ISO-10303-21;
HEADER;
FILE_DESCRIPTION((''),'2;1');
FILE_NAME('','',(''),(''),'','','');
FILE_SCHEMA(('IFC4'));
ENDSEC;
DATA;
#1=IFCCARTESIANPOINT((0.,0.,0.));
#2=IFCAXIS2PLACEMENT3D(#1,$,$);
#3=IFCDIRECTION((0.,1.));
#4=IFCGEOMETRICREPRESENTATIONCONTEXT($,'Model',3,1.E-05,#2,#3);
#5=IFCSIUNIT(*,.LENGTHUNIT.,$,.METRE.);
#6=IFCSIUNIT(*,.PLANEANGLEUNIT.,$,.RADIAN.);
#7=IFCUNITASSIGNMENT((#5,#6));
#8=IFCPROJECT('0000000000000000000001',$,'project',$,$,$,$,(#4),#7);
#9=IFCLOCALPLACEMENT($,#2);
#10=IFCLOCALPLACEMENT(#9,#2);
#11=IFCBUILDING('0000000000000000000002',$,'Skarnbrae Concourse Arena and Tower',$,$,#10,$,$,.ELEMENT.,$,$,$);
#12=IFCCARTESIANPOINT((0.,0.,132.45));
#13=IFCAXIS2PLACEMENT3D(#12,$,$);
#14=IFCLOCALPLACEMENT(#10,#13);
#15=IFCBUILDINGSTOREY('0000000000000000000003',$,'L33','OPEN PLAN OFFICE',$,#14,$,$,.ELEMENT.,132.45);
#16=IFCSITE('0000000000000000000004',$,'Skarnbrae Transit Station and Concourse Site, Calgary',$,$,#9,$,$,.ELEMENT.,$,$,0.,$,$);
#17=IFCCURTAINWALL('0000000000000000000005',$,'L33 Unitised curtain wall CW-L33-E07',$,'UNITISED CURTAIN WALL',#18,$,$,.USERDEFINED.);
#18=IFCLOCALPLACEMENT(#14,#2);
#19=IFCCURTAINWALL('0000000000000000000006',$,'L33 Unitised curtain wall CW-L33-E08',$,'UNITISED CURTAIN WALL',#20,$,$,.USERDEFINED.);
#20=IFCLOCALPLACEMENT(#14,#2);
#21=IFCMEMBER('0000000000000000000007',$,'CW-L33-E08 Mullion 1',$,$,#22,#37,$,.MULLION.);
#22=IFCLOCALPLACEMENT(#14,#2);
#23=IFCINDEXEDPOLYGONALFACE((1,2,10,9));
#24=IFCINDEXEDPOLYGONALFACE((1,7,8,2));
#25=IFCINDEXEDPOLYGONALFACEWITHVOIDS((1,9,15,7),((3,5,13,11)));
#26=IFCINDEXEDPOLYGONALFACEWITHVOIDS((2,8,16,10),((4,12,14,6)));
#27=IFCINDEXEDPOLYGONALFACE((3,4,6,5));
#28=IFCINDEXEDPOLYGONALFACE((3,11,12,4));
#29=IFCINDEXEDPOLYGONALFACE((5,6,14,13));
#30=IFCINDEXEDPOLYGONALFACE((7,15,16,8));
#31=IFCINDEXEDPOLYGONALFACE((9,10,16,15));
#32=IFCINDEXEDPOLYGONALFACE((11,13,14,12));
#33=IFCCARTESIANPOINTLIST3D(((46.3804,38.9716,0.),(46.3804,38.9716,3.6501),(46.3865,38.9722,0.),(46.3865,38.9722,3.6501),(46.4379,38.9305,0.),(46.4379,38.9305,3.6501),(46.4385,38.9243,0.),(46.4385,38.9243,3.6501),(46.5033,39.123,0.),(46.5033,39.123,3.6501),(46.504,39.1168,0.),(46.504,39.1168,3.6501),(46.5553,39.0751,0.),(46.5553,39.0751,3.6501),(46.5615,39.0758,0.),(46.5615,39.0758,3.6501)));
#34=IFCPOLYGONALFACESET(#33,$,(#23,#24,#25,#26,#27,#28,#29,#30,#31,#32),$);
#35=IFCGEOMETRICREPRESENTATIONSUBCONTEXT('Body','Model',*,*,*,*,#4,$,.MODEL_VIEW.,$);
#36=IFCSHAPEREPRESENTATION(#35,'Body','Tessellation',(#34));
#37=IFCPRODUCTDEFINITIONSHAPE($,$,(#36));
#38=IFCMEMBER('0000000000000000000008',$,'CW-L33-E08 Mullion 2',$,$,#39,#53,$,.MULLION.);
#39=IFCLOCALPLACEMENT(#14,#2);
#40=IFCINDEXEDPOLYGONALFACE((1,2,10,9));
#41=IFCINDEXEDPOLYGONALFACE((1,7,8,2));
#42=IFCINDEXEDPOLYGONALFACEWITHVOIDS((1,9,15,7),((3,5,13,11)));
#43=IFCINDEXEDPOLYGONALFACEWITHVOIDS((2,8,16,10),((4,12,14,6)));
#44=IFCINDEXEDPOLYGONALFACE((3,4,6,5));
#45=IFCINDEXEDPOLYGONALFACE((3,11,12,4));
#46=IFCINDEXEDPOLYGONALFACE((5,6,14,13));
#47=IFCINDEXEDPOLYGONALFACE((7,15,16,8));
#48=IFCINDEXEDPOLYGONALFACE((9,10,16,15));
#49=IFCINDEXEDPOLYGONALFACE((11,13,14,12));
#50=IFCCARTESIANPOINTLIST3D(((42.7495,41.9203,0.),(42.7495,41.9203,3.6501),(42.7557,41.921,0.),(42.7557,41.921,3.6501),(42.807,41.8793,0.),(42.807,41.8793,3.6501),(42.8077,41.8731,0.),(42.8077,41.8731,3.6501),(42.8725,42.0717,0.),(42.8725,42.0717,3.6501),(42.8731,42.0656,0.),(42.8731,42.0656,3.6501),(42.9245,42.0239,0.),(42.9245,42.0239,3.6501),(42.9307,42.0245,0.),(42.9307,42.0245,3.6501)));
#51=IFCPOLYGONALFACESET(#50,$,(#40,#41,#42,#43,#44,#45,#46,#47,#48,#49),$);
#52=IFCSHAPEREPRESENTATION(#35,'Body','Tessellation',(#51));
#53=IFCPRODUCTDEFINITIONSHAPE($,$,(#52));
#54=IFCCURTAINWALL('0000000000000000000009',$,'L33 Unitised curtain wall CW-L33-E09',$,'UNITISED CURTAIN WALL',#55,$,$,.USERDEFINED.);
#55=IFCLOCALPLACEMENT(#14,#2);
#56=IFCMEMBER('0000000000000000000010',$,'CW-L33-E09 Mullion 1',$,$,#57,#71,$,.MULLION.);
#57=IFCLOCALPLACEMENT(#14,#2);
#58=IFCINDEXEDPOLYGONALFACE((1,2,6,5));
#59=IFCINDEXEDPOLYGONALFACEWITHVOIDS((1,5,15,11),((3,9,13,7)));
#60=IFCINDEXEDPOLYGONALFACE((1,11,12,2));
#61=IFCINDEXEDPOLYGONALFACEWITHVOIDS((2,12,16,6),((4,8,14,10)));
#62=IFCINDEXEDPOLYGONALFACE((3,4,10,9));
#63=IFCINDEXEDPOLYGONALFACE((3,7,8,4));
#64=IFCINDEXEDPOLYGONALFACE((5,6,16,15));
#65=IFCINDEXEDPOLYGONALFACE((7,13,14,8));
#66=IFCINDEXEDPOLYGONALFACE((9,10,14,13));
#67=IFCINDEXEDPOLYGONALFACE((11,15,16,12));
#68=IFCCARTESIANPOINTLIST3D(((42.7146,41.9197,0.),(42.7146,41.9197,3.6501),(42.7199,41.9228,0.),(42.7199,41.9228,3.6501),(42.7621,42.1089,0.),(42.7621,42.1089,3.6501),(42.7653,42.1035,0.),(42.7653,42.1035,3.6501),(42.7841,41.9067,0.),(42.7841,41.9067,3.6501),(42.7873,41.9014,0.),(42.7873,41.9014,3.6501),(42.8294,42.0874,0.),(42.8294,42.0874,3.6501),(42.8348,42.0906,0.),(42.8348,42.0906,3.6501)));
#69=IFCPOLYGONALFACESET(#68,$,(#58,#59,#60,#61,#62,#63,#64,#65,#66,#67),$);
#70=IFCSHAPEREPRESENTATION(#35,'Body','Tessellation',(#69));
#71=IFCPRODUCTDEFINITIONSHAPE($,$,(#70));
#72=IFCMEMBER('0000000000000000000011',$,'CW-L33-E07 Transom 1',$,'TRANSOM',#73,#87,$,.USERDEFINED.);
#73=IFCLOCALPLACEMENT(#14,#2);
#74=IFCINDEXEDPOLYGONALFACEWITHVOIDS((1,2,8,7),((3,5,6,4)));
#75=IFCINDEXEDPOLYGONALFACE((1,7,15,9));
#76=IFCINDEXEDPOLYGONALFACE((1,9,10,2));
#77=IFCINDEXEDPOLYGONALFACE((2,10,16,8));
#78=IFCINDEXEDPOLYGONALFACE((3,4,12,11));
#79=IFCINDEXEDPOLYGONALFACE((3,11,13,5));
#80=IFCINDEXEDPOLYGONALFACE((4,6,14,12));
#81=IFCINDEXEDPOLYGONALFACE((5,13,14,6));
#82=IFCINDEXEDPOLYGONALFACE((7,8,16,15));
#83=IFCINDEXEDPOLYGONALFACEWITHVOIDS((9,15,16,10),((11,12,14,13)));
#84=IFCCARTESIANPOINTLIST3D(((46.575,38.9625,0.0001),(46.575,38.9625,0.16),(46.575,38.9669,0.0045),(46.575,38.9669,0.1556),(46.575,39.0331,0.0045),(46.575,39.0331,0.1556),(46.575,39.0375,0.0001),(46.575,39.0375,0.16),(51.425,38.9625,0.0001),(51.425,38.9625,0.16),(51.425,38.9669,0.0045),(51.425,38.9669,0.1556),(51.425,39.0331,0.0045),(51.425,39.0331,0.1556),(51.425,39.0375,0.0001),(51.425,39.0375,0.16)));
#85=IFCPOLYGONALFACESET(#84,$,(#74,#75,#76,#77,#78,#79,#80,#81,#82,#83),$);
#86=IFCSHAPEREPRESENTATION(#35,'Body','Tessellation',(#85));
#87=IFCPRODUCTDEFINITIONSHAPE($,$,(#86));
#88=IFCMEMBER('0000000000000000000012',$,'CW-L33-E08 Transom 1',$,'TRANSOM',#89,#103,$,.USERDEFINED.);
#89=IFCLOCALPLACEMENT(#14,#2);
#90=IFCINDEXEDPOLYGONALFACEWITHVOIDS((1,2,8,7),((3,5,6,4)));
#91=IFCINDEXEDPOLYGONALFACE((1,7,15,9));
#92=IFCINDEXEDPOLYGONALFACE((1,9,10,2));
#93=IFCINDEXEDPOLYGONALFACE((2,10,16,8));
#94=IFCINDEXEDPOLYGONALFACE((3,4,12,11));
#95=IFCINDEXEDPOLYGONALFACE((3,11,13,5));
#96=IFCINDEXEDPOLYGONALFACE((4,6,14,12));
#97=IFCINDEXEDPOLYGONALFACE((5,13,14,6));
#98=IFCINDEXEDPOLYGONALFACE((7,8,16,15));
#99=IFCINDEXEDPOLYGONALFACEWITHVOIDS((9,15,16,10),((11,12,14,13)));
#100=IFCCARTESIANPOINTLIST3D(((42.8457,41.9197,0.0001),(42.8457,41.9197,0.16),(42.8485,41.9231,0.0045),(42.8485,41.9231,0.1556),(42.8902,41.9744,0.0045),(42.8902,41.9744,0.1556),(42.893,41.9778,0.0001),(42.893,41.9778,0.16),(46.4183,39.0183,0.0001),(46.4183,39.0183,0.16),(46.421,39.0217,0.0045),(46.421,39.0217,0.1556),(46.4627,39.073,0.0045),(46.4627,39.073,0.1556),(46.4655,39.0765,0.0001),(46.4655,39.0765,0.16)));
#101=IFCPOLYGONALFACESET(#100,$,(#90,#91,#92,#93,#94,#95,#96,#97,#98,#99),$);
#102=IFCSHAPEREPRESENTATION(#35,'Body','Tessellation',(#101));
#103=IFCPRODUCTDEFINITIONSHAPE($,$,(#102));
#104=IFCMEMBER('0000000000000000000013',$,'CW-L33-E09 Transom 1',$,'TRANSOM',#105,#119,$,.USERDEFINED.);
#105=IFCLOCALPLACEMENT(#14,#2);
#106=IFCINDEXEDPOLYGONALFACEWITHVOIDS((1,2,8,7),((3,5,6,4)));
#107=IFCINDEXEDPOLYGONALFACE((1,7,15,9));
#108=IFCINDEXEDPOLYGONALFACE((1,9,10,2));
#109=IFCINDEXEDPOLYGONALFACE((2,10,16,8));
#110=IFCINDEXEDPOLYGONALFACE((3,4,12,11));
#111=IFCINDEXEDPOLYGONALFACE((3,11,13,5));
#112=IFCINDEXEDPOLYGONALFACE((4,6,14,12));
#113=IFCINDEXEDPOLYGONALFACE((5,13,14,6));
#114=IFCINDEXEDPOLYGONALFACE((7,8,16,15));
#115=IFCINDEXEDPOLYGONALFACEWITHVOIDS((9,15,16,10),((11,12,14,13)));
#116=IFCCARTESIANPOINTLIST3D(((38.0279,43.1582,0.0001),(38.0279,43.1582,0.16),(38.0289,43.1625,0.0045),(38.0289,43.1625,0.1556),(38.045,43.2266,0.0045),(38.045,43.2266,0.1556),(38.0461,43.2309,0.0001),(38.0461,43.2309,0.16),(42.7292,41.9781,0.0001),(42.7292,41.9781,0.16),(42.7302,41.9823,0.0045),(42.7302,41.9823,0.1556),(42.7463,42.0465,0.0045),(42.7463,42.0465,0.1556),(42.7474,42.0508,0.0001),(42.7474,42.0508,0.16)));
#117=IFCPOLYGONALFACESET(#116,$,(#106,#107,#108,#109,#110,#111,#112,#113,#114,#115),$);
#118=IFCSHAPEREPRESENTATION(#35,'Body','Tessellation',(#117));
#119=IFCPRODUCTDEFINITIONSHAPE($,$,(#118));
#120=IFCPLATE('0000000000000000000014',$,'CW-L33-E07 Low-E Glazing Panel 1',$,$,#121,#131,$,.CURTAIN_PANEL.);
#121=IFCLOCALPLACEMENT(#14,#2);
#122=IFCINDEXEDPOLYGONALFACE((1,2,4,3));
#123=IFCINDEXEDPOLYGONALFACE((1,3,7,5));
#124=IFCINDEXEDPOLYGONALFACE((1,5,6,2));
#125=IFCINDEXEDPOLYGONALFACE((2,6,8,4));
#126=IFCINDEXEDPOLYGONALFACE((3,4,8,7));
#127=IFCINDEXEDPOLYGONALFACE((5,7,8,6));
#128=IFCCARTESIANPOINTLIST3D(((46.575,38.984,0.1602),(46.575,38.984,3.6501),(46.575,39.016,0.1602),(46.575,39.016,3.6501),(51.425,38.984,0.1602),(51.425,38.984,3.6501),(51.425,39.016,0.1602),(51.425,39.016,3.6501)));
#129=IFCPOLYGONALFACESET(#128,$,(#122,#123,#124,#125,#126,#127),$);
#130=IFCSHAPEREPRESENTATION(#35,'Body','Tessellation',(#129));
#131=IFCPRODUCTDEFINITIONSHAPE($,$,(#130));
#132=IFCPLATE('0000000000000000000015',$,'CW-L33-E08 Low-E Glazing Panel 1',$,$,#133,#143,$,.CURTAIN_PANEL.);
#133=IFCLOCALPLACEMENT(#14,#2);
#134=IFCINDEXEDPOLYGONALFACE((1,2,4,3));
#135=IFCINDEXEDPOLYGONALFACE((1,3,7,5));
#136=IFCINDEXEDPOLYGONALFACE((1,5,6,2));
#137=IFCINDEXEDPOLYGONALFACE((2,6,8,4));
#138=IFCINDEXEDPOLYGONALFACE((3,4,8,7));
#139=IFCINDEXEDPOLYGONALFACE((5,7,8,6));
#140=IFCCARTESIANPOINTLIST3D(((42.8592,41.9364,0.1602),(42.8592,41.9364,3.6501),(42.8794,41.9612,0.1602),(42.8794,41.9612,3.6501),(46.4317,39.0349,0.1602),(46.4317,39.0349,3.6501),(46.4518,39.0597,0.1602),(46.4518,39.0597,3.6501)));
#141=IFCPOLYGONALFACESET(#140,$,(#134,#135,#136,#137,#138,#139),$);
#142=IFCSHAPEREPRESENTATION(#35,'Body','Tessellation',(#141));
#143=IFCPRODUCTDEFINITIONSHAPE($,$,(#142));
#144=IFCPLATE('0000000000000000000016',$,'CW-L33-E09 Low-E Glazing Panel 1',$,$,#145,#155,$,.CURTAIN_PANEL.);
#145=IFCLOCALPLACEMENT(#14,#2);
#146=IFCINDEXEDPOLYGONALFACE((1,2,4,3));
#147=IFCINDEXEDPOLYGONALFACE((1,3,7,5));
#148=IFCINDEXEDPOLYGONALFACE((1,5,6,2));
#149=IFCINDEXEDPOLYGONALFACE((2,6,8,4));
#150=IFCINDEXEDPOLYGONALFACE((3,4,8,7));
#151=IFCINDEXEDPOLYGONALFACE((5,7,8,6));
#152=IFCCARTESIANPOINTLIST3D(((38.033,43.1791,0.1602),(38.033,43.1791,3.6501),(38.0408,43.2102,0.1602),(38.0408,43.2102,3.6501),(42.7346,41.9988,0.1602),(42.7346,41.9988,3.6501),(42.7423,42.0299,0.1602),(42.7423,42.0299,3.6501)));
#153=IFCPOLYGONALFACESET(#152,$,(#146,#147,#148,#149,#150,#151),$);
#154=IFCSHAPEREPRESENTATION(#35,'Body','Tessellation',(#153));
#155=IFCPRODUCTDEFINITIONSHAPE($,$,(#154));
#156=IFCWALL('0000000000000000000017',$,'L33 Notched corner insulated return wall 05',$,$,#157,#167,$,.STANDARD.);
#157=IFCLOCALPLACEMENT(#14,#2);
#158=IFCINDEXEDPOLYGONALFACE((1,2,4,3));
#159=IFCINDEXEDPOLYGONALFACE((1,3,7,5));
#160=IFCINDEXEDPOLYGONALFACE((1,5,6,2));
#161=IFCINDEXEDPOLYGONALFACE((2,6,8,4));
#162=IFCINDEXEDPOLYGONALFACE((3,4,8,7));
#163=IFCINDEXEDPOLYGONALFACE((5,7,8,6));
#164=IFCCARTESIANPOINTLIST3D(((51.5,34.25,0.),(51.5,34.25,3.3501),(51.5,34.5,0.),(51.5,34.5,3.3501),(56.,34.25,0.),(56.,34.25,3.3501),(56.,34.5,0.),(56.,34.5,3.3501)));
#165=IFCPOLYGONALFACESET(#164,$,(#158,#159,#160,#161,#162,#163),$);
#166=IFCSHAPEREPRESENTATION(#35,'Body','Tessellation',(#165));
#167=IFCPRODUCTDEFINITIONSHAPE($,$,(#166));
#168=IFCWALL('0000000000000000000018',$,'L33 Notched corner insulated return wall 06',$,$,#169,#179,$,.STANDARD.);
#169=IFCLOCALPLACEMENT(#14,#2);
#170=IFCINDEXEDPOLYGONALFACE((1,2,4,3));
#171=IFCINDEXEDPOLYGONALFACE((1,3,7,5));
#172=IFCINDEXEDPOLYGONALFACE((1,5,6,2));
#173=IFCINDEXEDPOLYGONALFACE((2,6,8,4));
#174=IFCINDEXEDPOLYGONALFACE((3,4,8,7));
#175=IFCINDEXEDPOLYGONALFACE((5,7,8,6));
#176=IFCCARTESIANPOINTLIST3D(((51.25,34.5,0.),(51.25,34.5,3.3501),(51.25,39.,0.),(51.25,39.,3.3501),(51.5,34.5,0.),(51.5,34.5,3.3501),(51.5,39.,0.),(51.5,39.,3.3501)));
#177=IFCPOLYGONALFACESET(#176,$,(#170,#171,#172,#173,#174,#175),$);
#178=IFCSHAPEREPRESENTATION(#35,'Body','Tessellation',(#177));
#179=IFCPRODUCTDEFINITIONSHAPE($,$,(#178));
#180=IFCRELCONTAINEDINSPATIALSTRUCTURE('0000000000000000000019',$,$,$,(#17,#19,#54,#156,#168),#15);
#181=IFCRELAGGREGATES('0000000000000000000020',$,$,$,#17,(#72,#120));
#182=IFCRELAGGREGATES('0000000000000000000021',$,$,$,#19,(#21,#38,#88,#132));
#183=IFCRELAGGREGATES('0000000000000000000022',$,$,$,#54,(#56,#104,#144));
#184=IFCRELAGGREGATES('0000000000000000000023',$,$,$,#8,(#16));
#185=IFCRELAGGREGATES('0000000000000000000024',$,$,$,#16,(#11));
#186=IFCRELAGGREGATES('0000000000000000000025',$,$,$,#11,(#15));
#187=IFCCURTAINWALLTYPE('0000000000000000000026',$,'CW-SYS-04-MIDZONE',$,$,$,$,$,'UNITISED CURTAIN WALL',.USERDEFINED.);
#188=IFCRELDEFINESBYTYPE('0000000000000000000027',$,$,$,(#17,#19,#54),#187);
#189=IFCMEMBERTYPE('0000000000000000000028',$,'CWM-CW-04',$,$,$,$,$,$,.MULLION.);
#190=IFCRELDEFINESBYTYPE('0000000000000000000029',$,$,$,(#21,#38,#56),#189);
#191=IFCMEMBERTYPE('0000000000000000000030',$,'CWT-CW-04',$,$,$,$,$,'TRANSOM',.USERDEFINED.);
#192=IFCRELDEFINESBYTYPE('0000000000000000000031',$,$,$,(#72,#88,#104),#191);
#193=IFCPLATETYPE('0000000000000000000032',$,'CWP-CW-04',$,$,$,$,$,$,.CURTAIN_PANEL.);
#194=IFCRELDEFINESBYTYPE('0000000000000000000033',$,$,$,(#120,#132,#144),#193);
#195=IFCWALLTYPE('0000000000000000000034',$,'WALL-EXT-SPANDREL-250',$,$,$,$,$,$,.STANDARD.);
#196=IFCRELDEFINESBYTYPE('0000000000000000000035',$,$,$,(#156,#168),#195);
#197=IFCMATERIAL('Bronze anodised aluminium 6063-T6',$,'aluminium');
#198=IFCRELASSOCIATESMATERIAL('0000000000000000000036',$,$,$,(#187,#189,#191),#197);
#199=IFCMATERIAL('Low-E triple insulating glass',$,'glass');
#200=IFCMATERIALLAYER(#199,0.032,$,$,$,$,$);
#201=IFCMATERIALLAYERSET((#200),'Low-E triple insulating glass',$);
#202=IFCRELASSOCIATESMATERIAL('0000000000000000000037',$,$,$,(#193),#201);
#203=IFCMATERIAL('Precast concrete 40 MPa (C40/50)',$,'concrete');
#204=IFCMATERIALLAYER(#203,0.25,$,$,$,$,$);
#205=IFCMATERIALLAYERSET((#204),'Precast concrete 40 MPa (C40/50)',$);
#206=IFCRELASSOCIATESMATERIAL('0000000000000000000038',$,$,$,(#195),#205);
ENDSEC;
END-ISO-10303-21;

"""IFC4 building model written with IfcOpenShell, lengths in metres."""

from ifc_helpers import new_model, si_unit, direction, frame, frame_2d, origin, origin_2d, place, context, subcontext, project, spatial, rectangle, hollow_rectangle, extrude, source, transform, mapped, material, layer, layer_set, material_profile, profile_set, type_object, element, aggregate, save


model = new_model("IFC4")

# Units and contexts
model_context = context("Model", 3, precision=1e-05, world=origin(), true_north=direction((0.0, 1.0)))
body_context = subcontext(model_context, "Body", "Model", "MODEL_VIEW")
ifc_project = project(units=[si_unit("LENGTHUNIT", "METRE"), si_unit("PLANEANGLEUNIT", "RADIAN")], contexts=[model_context])

# Site, building, storey
site_placement = place(None, origin())
site = spatial("IfcSite", under=ifc_project, at=site_placement, Name="Skarnbrae Transit Station and Concourse Site, Calgary", CompositionType="ELEMENT", RefElevation=0.0)
building_placement = place(site_placement, origin())
building = spatial("IfcBuilding", under=site, at=building_placement, Name="Skarnbrae Concourse Arena and Tower", CompositionType="ELEMENT")
storey_placement = place(building_placement, frame((0.0, 0.0, 132.45)))
storey = spatial("IfcBuildingStorey", under=building, at=storey_placement, Name="L33", Description="OPEN PLAN OFFICE", CompositionType="ELEMENT", Elevation=132.45)

# Shared definitions
ifc_material_1 = material(Name="Bronze anodised aluminium 6063-T6", Category="aluminium")
curtain_wall_type = type_object("IfcCurtainWallType", Name="CW-SYS-04-MIDZONE", ElementType="UNITISED CURTAIN WALL", PredefinedType="USERDEFINED", material=ifc_material_1)
ifc_material_profile_1 = material_profile(ifc_material_1, hollow_rectangle(XDim=0.075, YDim=0.1951, WallThickness=0.0044, at=origin_2d()), Name="ALU-MULL-75X195")
ifc_profile_set_1 = profile_set([ifc_material_profile_1], Name="Bronze anodised aluminium 6063-T6")
member_type_1 = type_object("IfcMemberType", Name="CWM-CW-04", PredefinedType="MULLION", material=ifc_profile_set_1)
shared_shape_1 = source(origin(), body_context, "Body", "SweptSolid", [
    extrude(hollow_rectangle(XDim=0.075, YDim=0.1951, WallThickness=0.0044, at=origin_2d()), origin(), (0.0, 0.0, 1.0), 3.6501),
])

# Curtain walls, members
curtain_wall_1_placement = place(storey_placement, origin())
curtain_wall_1 = element("IfcCurtainWall", 1, at=curtain_wall_1_placement, inside=storey, type_object=curtain_wall_type, Name="L33 Unitised curtain wall CW-L33-E07", ObjectType="UNITISED CURTAIN WALL", PredefinedType="USERDEFINED")
curtain_wall_2_placement = place(storey_placement, origin())
curtain_wall_2 = element("IfcCurtainWall", 2, at=curtain_wall_2_placement, inside=storey, type_object=curtain_wall_type, Name="L33 Unitised curtain wall CW-L33-E08", ObjectType="UNITISED CURTAIN WALL", PredefinedType="USERDEFINED")
member_1_placement = place(storey_placement, frame((46.4709, 39.0237, 0.0), z_axis=(0.0, 0.0, 1.0), x_axis=(-0.776241, 0.630436, 0.0)))
member_1 = element("IfcMember", 3, at=member_1_placement, type_object=member_type_1, Name="CW-L33-E08 Mullion 1", PredefinedType="MULLION", context=body_context, shape_type="MappedRepresentation", body=[
    mapped(shared_shape_1, transform((0.0, 0.0, 0.0))),
])
member_2_placement = place(storey_placement, frame((42.8401, 41.9724, 0.0), z_axis=(0.0, 0.0, 1.0), x_axis=(-0.776241, 0.630436, 0.0)))
member_2 = element("IfcMember", 4, at=member_2_placement, type_object=member_type_1, Name="CW-L33-E08 Mullion 2", PredefinedType="MULLION", context=body_context, shape_type="MappedRepresentation", body=[
    mapped(shared_shape_1, transform((0.0, 0.0, 0.0))),
])

# Curtain wall, member
curtain_wall_3_placement = place(storey_placement, origin())
curtain_wall_3 = element("IfcCurtainWall", 5, at=curtain_wall_3_placement, inside=storey, type_object=curtain_wall_type, Name="L33 Unitised curtain wall CW-L33-E09", ObjectType="UNITISED CURTAIN WALL", PredefinedType="USERDEFINED")
member_3_placement = place(storey_placement, frame((42.7747, 42.0051, 0.0), z_axis=(0.0, 0.0, 1.0), x_axis=(-0.969903, 0.243491, 0.0)))
member_3 = element("IfcMember", 6, at=member_3_placement, type_object=member_type_1, Name="CW-L33-E09 Mullion 1", PredefinedType="MULLION", context=body_context, shape_type="MappedRepresentation", body=[
    mapped(shared_shape_1, transform((0.0, 0.0, 0.0))),
])

# Members
ifc_material_profile_2 = material_profile(ifc_material_1, hollow_rectangle(XDim=0.075, YDim=0.1599, WallThickness=0.0044, at=origin_2d()), Name="ALU-TRAN-75X160")
ifc_profile_set_2 = profile_set([ifc_material_profile_2], Name="Bronze anodised aluminium 6063-T6")
member_type_2 = type_object("IfcMemberType", Name="CWT-CW-04", ElementType="TRANSOM", PredefinedType="USERDEFINED", material=ifc_profile_set_2)
shared_shape_2 = source(origin(), body_context, "Body", "SweptSolid", [
    extrude(hollow_rectangle(XDim=0.075, YDim=0.1599, WallThickness=0.0044, at=origin_2d()), origin(), (0.0, 0.0, 1.0), 4.8501),
])
member_4_placement = place(storey_placement, frame((51.425, 39.0, 0.0801), z_axis=(-1.0, 0.0, 0.0), x_axis=(0.0, -1.0, 0.0)))
member_4 = element("IfcMember", 7, at=member_4_placement, type_object=member_type_2, Name="CW-L33-E07 Transom 1", ObjectType="TRANSOM", PredefinedType="USERDEFINED", context=body_context, shape_type="MappedRepresentation", body=[
    mapped(shared_shape_2, transform((0.0, 0.0, 0.0))),
])
shared_shape_3 = source(origin(), body_context, "Body", "SweptSolid", [
    extrude(hollow_rectangle(XDim=0.075, YDim=0.1599, WallThickness=0.0044, at=origin_2d()), origin(), (0.0, 0.0, 1.0), 4.6023),
])
member_5_placement = place(storey_placement, frame((46.4419, 39.0474, 0.0801), z_axis=(-0.776252, 0.630423, 0.0), x_axis=(-0.630423, -0.776252, 0.0)))
member_5 = element("IfcMember", 8, at=member_5_placement, type_object=member_type_2, Name="CW-L33-E08 Transom 1", ObjectType="TRANSOM", PredefinedType="USERDEFINED", context=body_context, shape_type="MappedRepresentation", body=[
    mapped(shared_shape_3, transform((0.0, 0.0, 0.0))),
])
shared_shape_4 = source(origin(), body_context, "Body", "SweptSolid", [
    extrude(hollow_rectangle(XDim=0.075, YDim=0.1599, WallThickness=0.0044, at=origin_2d()), origin(), (0.0, 0.0, 1.0), 4.8472),
])
member_6_placement = place(storey_placement, frame((42.7383, 42.0144, 0.0801), z_axis=(-0.969908, 0.243472, 0.0), x_axis=(-0.243472, -0.969908, 0.0)))
member_6 = element("IfcMember", 9, at=member_6_placement, type_object=member_type_2, Name="CW-L33-E09 Transom 1", ObjectType="TRANSOM", PredefinedType="USERDEFINED", context=body_context, shape_type="MappedRepresentation", body=[
    mapped(shared_shape_4, transform((0.0, 0.0, 0.0))),
])

# Plates
ifc_material_2 = material(Name="Low-E triple insulating glass", Category="glass")
ifc_layer_1 = layer(ifc_material_2, 0.032)
ifc_layer_set_1 = layer_set([ifc_layer_1], Name="Low-E triple insulating glass")
plate_type = type_object("IfcPlateType", Name="CWP-CW-04", PredefinedType="CURTAIN_PANEL", material=ifc_layer_set_1)
shared_shape_5 = source(origin(), body_context, "Body", "SweptSolid", [
    extrude(rectangle(XDim=4.8501, YDim=0.032, at=origin_2d()), origin(), (0.0, 0.0, 1.0), 3.49),
])
plate_1_placement = place(storey_placement, frame((49.0, 39.0, 0.1602), z_axis=(0.0, 0.0, 1.0), x_axis=(-1.0, 0.0, 0.0)))
plate_1 = element("IfcPlate", 10, at=plate_1_placement, type_object=plate_type, Name="CW-L33-E07 Low-E Glazing Panel 1", PredefinedType="CURTAIN_PANEL", context=body_context, shape_type="MappedRepresentation", body=[
    mapped(shared_shape_5, transform((0.0, 0.0, 0.0))),
])
aggregate(curtain_wall_1, [member_4, plate_1])
shared_shape_6 = source(origin(), body_context, "Body", "SweptSolid", [
    extrude(rectangle(XDim=4.6023, YDim=0.032, at=origin_2d()), origin(), (0.0, 0.0, 1.0), 3.49),
])
plate_2_placement = place(storey_placement, frame((44.6555, 40.498, 0.1602), z_axis=(0.0, 0.0, 1.0), x_axis=(-0.776241, 0.630436, 0.0)))
plate_2 = element("IfcPlate", 11, at=plate_2_placement, type_object=plate_type, Name="CW-L33-E08 Low-E Glazing Panel 1", PredefinedType="CURTAIN_PANEL", context=body_context, shape_type="MappedRepresentation", body=[
    mapped(shared_shape_6, transform((0.0, 0.0, 0.0))),
])
aggregate(curtain_wall_2, [member_1, member_2, member_5, plate_2])
shared_shape_7 = source(origin(), body_context, "Body", "SweptSolid", [
    extrude(rectangle(XDim=4.8474, YDim=0.032, at=origin_2d()), origin(), (0.0, 0.0, 1.0), 3.49),
])
plate_3_placement = place(storey_placement, frame((40.3877, 42.6045, 0.1602), z_axis=(0.0, 0.0, 1.0), x_axis=(-0.969903, 0.243491, 0.0)))
plate_3 = element("IfcPlate", 12, at=plate_3_placement, type_object=plate_type, Name="CW-L33-E09 Low-E Glazing Panel 1", PredefinedType="CURTAIN_PANEL", context=body_context, shape_type="MappedRepresentation", body=[
    mapped(shared_shape_7, transform((0.0, 0.0, 0.0))),
])
aggregate(curtain_wall_3, [member_3, member_6, plate_3])

# Walls
ifc_material_3 = material(Name="Precast concrete 40 MPa (C40/50)", Category="concrete")
ifc_layer_2 = layer(ifc_material_3, 0.25)
ifc_layer_set_2 = layer_set([ifc_layer_2], Name="Precast concrete 40 MPa (C40/50)")
wall_type_1 = type_object("IfcWallType", Name="WALL-EXT-SPANDREL-250", PredefinedType="STANDARD", material=ifc_layer_set_2)
shared_shape_8 = source(origin(), body_context, "Body", "SweptSolid", [
    extrude(rectangle(XDim=4.5, YDim=0.25, at=frame_2d((2.25, 0.0))), origin(), (0.0, 0.0, 1.0), 3.3501),
])
for number, where, z_axis, x_axis, name in (
    (13, (56.0, 34.375, 0.0), (0.0, 0.0, 1.0), (-1.0, 0.0, 0.0), "L33 Notched corner insulated return wall 05"),
    (14, (51.375, 34.5, 0.0), (0.0, 0.0, 1.0), (0.0, 1.0, 0.0), "L33 Notched corner insulated return wall 06"),
):
    element("IfcWall", number, at=place(storey_placement, frame(where, z_axis=z_axis, x_axis=x_axis)), inside=storey, type_object=wall_type_1, Name=name, PredefinedType="STANDARD", context=body_context, shape_type="MappedRepresentation", body=[
        mapped(shared_shape_8, transform((0.0, 0.0, 0.0))),
    ])

save(model, "model.ifc")
